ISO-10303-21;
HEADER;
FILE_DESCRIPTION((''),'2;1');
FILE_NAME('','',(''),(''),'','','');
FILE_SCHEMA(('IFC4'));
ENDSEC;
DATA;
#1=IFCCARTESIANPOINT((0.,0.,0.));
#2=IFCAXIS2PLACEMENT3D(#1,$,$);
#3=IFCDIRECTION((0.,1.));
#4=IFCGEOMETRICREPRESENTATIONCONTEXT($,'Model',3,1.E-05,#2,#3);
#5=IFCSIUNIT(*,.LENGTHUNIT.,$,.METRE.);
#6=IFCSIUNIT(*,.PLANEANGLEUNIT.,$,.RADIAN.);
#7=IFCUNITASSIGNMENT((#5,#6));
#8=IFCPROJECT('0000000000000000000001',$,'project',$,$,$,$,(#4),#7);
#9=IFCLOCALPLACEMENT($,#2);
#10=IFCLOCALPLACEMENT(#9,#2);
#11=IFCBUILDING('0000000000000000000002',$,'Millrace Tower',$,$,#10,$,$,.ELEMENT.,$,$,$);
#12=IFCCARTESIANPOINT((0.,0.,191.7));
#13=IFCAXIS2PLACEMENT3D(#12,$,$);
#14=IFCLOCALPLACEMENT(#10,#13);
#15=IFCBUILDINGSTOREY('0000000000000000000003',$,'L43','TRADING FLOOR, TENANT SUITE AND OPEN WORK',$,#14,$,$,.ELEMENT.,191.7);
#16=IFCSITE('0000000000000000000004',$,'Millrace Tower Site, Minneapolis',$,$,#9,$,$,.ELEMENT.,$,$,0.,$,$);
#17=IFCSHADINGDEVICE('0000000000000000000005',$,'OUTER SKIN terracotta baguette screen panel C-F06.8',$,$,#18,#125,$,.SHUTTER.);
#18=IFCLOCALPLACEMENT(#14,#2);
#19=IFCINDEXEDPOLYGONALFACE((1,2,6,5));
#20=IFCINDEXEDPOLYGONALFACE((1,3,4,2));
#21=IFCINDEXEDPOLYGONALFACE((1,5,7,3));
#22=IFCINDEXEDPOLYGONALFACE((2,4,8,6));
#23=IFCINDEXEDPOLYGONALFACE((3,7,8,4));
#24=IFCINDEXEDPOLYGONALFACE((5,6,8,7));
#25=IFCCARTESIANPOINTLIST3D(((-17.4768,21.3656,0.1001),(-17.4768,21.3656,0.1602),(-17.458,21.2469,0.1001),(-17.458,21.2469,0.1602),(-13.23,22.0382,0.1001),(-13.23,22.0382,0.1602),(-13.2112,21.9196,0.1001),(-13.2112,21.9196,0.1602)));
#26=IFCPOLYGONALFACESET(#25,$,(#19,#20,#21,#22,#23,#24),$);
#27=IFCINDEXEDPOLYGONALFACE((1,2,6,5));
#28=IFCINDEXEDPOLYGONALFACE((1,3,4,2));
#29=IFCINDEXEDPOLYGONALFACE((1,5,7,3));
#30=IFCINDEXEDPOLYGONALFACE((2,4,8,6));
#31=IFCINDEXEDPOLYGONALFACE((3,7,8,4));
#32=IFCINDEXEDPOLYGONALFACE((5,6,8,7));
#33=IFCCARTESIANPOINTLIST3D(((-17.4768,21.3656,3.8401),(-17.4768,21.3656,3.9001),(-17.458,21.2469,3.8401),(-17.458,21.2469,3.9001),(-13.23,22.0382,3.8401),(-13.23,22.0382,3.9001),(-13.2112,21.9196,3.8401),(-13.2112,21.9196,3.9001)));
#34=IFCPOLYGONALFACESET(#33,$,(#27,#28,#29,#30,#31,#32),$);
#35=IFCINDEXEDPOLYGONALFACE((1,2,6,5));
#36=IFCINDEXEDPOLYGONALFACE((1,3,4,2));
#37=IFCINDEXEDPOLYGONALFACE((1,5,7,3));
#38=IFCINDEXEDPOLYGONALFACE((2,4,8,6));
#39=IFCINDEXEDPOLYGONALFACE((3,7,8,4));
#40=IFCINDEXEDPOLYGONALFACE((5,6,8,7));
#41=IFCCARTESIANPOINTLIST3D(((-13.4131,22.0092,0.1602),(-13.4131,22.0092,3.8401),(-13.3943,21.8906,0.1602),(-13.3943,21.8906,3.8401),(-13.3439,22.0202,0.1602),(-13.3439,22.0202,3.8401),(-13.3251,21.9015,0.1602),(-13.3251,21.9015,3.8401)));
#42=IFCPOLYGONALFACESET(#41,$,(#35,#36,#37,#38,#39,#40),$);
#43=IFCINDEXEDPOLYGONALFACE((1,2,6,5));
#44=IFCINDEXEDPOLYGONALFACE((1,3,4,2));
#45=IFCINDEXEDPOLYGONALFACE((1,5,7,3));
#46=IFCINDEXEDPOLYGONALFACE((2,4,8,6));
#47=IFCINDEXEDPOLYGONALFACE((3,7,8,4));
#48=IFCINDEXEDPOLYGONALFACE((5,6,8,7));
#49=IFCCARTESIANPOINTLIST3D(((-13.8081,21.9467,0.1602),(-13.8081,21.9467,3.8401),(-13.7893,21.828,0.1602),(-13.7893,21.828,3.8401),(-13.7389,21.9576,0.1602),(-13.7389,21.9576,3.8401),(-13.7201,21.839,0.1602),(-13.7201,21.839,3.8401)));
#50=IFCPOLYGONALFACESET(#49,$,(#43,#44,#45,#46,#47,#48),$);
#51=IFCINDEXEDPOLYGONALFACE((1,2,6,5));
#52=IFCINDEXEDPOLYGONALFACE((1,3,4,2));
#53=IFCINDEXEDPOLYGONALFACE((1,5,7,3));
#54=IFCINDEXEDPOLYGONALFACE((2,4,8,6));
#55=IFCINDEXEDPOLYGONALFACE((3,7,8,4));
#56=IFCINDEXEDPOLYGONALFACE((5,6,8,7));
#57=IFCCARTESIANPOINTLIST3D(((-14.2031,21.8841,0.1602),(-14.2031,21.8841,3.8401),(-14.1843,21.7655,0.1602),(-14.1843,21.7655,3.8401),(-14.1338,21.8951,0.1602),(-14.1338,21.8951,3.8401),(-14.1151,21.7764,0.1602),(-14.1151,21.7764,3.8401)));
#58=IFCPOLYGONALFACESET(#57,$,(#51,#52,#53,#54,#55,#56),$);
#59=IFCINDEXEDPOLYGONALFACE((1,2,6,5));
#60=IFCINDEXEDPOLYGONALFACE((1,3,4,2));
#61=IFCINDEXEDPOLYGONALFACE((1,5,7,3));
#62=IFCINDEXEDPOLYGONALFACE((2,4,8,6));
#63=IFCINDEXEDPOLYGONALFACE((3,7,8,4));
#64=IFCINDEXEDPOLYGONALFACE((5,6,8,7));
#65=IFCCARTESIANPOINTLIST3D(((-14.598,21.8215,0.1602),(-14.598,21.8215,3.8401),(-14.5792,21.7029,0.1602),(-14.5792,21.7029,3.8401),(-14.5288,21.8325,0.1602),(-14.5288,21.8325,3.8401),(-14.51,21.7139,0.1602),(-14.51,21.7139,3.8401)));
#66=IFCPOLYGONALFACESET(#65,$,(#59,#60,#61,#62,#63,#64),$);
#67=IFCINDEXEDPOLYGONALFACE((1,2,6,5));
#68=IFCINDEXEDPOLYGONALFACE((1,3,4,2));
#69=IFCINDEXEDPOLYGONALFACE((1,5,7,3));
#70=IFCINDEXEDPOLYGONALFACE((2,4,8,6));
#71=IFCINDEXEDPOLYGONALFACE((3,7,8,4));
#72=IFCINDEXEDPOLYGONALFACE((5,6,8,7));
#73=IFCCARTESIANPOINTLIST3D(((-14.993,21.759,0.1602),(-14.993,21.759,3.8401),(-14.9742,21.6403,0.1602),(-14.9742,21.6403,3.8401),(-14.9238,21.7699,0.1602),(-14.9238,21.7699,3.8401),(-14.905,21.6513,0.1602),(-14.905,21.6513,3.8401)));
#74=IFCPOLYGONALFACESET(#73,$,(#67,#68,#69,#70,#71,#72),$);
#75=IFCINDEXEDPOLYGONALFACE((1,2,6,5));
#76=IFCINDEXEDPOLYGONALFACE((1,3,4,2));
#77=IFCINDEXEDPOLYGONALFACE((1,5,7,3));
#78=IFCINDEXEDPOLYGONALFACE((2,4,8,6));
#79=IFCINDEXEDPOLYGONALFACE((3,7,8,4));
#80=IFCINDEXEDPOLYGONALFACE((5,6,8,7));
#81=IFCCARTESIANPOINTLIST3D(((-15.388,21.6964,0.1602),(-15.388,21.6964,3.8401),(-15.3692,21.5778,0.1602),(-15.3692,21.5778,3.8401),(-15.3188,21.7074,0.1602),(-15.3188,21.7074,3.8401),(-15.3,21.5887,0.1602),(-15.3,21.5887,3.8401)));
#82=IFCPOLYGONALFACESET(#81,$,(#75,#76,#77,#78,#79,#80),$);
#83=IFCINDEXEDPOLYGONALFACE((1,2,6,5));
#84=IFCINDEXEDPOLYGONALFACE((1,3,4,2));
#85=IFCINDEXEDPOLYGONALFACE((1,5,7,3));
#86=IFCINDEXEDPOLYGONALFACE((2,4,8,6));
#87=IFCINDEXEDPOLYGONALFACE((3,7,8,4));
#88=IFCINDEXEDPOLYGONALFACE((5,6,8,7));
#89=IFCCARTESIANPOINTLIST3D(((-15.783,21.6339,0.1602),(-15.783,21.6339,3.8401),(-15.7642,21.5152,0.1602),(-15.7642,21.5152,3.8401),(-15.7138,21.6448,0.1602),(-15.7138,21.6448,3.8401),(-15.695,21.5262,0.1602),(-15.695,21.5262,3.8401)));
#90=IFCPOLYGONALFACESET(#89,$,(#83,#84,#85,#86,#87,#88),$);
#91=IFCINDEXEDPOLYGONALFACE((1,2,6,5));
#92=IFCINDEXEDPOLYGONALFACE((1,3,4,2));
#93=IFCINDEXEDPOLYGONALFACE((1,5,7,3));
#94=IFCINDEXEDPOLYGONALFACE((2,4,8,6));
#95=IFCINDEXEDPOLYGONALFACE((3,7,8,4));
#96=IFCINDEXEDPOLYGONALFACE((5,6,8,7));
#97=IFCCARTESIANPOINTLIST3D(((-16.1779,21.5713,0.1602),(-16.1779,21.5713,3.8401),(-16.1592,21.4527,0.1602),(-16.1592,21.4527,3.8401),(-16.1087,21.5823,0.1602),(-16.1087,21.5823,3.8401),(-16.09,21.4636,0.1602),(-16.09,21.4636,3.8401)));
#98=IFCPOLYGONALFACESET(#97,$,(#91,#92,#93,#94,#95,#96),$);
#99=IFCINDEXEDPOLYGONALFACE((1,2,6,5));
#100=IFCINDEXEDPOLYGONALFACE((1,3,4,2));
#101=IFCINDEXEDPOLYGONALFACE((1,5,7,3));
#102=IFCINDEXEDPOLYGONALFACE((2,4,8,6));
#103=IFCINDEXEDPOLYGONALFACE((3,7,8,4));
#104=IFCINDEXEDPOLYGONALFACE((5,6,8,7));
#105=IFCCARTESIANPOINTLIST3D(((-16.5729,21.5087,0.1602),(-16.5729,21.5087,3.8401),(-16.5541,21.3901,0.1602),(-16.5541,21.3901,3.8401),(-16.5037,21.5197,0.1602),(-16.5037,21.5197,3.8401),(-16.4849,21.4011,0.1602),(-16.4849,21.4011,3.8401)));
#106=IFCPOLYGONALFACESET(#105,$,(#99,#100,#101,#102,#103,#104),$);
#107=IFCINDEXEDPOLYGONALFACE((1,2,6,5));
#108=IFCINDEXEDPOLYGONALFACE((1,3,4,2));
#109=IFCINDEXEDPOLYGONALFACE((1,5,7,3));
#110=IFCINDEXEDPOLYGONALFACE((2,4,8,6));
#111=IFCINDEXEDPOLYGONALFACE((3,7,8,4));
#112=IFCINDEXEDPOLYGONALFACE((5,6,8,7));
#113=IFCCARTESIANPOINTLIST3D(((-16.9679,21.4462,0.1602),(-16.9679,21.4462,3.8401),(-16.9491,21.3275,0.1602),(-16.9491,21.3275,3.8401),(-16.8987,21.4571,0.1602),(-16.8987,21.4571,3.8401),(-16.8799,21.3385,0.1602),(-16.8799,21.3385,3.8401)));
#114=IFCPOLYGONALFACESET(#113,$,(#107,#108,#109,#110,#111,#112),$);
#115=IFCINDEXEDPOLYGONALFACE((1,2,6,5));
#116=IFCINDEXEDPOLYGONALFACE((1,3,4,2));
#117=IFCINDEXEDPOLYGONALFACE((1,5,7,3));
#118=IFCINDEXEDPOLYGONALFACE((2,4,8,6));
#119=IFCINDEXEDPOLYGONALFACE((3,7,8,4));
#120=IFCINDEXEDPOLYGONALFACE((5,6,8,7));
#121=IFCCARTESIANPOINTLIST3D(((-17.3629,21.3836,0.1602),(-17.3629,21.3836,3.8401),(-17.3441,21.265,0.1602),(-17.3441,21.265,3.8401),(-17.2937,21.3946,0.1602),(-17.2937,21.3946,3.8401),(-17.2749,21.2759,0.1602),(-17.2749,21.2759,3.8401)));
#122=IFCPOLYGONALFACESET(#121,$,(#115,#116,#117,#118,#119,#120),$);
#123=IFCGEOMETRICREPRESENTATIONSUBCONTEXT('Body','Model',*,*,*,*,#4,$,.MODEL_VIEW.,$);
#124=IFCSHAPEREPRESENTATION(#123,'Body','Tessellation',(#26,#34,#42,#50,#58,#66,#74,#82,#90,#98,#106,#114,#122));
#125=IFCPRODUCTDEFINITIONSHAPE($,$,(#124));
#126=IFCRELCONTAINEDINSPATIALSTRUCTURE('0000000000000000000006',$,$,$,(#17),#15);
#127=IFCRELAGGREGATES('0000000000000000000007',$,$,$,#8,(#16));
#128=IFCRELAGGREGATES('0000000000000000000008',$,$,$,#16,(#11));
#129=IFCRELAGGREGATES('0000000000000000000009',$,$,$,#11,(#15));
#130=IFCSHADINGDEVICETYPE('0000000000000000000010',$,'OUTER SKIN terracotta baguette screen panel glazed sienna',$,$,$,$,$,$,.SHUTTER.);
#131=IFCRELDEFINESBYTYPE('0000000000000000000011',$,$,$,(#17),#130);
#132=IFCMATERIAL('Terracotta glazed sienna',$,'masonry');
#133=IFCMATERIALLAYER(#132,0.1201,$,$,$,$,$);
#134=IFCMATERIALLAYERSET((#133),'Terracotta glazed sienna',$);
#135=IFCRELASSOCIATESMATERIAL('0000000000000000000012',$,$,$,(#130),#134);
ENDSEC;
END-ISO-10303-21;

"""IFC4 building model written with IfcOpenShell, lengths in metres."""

from ifc_helpers import new_model, entity, si_unit, direction, frame, frame_2d, origin, origin_2d, place, context, subcontext, project, spatial, rectangle, extrude, source, transform, mapped, material, layer, layer_set, type_object, element, save


model = new_model("IFC4")

# Units and contexts
model_context = context("Model", 3, precision=1e-05, world=origin(), true_north=direction((0.0, 1.0)))
body_context = subcontext(model_context, "Body", "Model", "MODEL_VIEW")
ifc_project = project(units=[si_unit("LENGTHUNIT", "METRE"), si_unit("PLANEANGLEUNIT", "RADIAN")], contexts=[model_context])

# Site, building, storey
site_placement = place(None, origin())
site = spatial("IfcSite", under=ifc_project, at=site_placement, Name="Millrace Tower Site, Minneapolis", CompositionType="ELEMENT", RefElevation=0.0)
building_placement = place(site_placement, origin())
building = spatial("IfcBuilding", under=site, at=building_placement, Name="Millrace Tower", CompositionType="ELEMENT")
storey_placement = place(building_placement, frame((0.0, 0.0, 191.7)))
storey = spatial("IfcBuildingStorey", under=building, at=storey_placement, Name="L43", Description="TRADING FLOOR, TENANT SUITE AND OPEN WORK", CompositionType="ELEMENT", Elevation=191.7)

# Shading device
ifc_material_1 = material(Name="Terracotta glazed sienna", Category="masonry")
ifc_layer_1 = layer(ifc_material_1, 0.1201)
ifc_layer_set_1 = layer_set([ifc_layer_1], Name="Terracotta glazed sienna")
shading_device_type = type_object("IfcShadingDeviceType", Name="OUTER SKIN terracotta baguette screen panel glazed sienna", PredefinedType="SHUTTER", material=ifc_layer_set_1)
cartesian_point_1 = entity("IfcCartesianPoint", [-2.1499, 0.0601])
shared_polyline_1 = entity("IfcPolyline", [cartesian_point_1, entity("IfcCartesianPoint", [2.1499, 0.0601]), entity("IfcCartesianPoint", [2.1499, -0.0601]), entity("IfcCartesianPoint", [-2.1499, -0.0601]), cartesian_point_1])
shared_shape_1 = source(origin(), body_context, "Body", "SweptSolid", [
    entity("IfcExtrudedAreaSolid", entity("IfcArbitraryClosedProfileDef", "AREA", None, shared_polyline_1), entity("IfcAxis2Placement3D", entity("IfcCartesianPoint", [0.0, 0.0, 0.0])), entity("IfcDirection", [0.0, 0.0, 1.0]), 0.0601),
    entity("IfcExtrudedAreaSolid", entity("IfcArbitraryClosedProfileDef", "AREA", None, shared_polyline_1), entity("IfcAxis2Placement3D", entity("IfcCartesianPoint", [0.0, 0.0, 3.74])), entity("IfcDirection", [0.0, 0.0, 1.0]), 0.0601),
    extrude(rectangle(XDim=0.0701, YDim=0.1201, at=frame_2d((-1.9995, 0.0))), frame((0.0, 0.0, 0.0601)), (0.0, 0.0, 1.0), 3.6799),
    extrude(rectangle(XDim=0.0701, YDim=0.1201, at=frame_2d((-1.5996, 0.0))), frame((0.0, 0.0, 0.0601)), (0.0, 0.0, 1.0), 3.6799),
    extrude(rectangle(XDim=0.0701, YDim=0.1201, at=frame_2d((-1.1997, 0.0))), frame((0.0, 0.0, 0.0601)), (0.0, 0.0, 1.0), 3.6799),
    extrude(rectangle(XDim=0.0701, YDim=0.1201, at=frame_2d((-0.7998, 0.0))), frame((0.0, 0.0, 0.0601)), (0.0, 0.0, 1.0), 3.6799),
    extrude(rectangle(XDim=0.0701, YDim=0.1201, at=frame_2d((-0.3999, 0.0))), frame((0.0, 0.0, 0.0601)), (0.0, 0.0, 1.0), 3.6799),
    extrude(rectangle(XDim=0.0701, YDim=0.1201, at=origin_2d()), frame((0.0, 0.0, 0.0601)), (0.0, 0.0, 1.0), 3.6799),
    extrude(rectangle(XDim=0.0701, YDim=0.1201, at=frame_2d((0.3999, 0.0))), frame((0.0, 0.0, 0.0601)), (0.0, 0.0, 1.0), 3.6799),
    extrude(rectangle(XDim=0.0701, YDim=0.1201, at=frame_2d((0.7998, 0.0))), frame((0.0, 0.0, 0.0601)), (0.0, 0.0, 1.0), 3.6799),
    extrude(rectangle(XDim=0.0701, YDim=0.1201, at=frame_2d((1.1997, 0.0))), frame((0.0, 0.0, 0.0601)), (0.0, 0.0, 1.0), 3.6799),
    extrude(rectangle(XDim=0.0701, YDim=0.1201, at=frame_2d((1.5996, 0.0))), frame((0.0, 0.0, 0.0601)), (0.0, 0.0, 1.0), 3.6799),
    extrude(rectangle(XDim=0.0701, YDim=0.1201, at=frame_2d((1.9995, 0.0))), frame((0.0, 0.0, 0.0601)), (0.0, 0.0, 1.0), 3.6799),
])
shading_device_1_placement = place(storey_placement, frame((-15.344, 21.6426, 0.1001), z_axis=(0.0, 0.0, 1.0), x_axis=(-0.987688, -0.156434, 0.0)))
element("IfcShadingDevice", 1, at=shading_device_1_placement, inside=storey, type_object=shading_device_type, Name="OUTER SKIN terracotta baguette screen panel C-F06.8", PredefinedType="SHUTTER", context=body_context, shape_type="MappedRepresentation", body=[
    mapped(shared_shape_1, transform((0.0, 0.0, 0.0), scale=1.0)),
])

save(model, "model.ifc")
